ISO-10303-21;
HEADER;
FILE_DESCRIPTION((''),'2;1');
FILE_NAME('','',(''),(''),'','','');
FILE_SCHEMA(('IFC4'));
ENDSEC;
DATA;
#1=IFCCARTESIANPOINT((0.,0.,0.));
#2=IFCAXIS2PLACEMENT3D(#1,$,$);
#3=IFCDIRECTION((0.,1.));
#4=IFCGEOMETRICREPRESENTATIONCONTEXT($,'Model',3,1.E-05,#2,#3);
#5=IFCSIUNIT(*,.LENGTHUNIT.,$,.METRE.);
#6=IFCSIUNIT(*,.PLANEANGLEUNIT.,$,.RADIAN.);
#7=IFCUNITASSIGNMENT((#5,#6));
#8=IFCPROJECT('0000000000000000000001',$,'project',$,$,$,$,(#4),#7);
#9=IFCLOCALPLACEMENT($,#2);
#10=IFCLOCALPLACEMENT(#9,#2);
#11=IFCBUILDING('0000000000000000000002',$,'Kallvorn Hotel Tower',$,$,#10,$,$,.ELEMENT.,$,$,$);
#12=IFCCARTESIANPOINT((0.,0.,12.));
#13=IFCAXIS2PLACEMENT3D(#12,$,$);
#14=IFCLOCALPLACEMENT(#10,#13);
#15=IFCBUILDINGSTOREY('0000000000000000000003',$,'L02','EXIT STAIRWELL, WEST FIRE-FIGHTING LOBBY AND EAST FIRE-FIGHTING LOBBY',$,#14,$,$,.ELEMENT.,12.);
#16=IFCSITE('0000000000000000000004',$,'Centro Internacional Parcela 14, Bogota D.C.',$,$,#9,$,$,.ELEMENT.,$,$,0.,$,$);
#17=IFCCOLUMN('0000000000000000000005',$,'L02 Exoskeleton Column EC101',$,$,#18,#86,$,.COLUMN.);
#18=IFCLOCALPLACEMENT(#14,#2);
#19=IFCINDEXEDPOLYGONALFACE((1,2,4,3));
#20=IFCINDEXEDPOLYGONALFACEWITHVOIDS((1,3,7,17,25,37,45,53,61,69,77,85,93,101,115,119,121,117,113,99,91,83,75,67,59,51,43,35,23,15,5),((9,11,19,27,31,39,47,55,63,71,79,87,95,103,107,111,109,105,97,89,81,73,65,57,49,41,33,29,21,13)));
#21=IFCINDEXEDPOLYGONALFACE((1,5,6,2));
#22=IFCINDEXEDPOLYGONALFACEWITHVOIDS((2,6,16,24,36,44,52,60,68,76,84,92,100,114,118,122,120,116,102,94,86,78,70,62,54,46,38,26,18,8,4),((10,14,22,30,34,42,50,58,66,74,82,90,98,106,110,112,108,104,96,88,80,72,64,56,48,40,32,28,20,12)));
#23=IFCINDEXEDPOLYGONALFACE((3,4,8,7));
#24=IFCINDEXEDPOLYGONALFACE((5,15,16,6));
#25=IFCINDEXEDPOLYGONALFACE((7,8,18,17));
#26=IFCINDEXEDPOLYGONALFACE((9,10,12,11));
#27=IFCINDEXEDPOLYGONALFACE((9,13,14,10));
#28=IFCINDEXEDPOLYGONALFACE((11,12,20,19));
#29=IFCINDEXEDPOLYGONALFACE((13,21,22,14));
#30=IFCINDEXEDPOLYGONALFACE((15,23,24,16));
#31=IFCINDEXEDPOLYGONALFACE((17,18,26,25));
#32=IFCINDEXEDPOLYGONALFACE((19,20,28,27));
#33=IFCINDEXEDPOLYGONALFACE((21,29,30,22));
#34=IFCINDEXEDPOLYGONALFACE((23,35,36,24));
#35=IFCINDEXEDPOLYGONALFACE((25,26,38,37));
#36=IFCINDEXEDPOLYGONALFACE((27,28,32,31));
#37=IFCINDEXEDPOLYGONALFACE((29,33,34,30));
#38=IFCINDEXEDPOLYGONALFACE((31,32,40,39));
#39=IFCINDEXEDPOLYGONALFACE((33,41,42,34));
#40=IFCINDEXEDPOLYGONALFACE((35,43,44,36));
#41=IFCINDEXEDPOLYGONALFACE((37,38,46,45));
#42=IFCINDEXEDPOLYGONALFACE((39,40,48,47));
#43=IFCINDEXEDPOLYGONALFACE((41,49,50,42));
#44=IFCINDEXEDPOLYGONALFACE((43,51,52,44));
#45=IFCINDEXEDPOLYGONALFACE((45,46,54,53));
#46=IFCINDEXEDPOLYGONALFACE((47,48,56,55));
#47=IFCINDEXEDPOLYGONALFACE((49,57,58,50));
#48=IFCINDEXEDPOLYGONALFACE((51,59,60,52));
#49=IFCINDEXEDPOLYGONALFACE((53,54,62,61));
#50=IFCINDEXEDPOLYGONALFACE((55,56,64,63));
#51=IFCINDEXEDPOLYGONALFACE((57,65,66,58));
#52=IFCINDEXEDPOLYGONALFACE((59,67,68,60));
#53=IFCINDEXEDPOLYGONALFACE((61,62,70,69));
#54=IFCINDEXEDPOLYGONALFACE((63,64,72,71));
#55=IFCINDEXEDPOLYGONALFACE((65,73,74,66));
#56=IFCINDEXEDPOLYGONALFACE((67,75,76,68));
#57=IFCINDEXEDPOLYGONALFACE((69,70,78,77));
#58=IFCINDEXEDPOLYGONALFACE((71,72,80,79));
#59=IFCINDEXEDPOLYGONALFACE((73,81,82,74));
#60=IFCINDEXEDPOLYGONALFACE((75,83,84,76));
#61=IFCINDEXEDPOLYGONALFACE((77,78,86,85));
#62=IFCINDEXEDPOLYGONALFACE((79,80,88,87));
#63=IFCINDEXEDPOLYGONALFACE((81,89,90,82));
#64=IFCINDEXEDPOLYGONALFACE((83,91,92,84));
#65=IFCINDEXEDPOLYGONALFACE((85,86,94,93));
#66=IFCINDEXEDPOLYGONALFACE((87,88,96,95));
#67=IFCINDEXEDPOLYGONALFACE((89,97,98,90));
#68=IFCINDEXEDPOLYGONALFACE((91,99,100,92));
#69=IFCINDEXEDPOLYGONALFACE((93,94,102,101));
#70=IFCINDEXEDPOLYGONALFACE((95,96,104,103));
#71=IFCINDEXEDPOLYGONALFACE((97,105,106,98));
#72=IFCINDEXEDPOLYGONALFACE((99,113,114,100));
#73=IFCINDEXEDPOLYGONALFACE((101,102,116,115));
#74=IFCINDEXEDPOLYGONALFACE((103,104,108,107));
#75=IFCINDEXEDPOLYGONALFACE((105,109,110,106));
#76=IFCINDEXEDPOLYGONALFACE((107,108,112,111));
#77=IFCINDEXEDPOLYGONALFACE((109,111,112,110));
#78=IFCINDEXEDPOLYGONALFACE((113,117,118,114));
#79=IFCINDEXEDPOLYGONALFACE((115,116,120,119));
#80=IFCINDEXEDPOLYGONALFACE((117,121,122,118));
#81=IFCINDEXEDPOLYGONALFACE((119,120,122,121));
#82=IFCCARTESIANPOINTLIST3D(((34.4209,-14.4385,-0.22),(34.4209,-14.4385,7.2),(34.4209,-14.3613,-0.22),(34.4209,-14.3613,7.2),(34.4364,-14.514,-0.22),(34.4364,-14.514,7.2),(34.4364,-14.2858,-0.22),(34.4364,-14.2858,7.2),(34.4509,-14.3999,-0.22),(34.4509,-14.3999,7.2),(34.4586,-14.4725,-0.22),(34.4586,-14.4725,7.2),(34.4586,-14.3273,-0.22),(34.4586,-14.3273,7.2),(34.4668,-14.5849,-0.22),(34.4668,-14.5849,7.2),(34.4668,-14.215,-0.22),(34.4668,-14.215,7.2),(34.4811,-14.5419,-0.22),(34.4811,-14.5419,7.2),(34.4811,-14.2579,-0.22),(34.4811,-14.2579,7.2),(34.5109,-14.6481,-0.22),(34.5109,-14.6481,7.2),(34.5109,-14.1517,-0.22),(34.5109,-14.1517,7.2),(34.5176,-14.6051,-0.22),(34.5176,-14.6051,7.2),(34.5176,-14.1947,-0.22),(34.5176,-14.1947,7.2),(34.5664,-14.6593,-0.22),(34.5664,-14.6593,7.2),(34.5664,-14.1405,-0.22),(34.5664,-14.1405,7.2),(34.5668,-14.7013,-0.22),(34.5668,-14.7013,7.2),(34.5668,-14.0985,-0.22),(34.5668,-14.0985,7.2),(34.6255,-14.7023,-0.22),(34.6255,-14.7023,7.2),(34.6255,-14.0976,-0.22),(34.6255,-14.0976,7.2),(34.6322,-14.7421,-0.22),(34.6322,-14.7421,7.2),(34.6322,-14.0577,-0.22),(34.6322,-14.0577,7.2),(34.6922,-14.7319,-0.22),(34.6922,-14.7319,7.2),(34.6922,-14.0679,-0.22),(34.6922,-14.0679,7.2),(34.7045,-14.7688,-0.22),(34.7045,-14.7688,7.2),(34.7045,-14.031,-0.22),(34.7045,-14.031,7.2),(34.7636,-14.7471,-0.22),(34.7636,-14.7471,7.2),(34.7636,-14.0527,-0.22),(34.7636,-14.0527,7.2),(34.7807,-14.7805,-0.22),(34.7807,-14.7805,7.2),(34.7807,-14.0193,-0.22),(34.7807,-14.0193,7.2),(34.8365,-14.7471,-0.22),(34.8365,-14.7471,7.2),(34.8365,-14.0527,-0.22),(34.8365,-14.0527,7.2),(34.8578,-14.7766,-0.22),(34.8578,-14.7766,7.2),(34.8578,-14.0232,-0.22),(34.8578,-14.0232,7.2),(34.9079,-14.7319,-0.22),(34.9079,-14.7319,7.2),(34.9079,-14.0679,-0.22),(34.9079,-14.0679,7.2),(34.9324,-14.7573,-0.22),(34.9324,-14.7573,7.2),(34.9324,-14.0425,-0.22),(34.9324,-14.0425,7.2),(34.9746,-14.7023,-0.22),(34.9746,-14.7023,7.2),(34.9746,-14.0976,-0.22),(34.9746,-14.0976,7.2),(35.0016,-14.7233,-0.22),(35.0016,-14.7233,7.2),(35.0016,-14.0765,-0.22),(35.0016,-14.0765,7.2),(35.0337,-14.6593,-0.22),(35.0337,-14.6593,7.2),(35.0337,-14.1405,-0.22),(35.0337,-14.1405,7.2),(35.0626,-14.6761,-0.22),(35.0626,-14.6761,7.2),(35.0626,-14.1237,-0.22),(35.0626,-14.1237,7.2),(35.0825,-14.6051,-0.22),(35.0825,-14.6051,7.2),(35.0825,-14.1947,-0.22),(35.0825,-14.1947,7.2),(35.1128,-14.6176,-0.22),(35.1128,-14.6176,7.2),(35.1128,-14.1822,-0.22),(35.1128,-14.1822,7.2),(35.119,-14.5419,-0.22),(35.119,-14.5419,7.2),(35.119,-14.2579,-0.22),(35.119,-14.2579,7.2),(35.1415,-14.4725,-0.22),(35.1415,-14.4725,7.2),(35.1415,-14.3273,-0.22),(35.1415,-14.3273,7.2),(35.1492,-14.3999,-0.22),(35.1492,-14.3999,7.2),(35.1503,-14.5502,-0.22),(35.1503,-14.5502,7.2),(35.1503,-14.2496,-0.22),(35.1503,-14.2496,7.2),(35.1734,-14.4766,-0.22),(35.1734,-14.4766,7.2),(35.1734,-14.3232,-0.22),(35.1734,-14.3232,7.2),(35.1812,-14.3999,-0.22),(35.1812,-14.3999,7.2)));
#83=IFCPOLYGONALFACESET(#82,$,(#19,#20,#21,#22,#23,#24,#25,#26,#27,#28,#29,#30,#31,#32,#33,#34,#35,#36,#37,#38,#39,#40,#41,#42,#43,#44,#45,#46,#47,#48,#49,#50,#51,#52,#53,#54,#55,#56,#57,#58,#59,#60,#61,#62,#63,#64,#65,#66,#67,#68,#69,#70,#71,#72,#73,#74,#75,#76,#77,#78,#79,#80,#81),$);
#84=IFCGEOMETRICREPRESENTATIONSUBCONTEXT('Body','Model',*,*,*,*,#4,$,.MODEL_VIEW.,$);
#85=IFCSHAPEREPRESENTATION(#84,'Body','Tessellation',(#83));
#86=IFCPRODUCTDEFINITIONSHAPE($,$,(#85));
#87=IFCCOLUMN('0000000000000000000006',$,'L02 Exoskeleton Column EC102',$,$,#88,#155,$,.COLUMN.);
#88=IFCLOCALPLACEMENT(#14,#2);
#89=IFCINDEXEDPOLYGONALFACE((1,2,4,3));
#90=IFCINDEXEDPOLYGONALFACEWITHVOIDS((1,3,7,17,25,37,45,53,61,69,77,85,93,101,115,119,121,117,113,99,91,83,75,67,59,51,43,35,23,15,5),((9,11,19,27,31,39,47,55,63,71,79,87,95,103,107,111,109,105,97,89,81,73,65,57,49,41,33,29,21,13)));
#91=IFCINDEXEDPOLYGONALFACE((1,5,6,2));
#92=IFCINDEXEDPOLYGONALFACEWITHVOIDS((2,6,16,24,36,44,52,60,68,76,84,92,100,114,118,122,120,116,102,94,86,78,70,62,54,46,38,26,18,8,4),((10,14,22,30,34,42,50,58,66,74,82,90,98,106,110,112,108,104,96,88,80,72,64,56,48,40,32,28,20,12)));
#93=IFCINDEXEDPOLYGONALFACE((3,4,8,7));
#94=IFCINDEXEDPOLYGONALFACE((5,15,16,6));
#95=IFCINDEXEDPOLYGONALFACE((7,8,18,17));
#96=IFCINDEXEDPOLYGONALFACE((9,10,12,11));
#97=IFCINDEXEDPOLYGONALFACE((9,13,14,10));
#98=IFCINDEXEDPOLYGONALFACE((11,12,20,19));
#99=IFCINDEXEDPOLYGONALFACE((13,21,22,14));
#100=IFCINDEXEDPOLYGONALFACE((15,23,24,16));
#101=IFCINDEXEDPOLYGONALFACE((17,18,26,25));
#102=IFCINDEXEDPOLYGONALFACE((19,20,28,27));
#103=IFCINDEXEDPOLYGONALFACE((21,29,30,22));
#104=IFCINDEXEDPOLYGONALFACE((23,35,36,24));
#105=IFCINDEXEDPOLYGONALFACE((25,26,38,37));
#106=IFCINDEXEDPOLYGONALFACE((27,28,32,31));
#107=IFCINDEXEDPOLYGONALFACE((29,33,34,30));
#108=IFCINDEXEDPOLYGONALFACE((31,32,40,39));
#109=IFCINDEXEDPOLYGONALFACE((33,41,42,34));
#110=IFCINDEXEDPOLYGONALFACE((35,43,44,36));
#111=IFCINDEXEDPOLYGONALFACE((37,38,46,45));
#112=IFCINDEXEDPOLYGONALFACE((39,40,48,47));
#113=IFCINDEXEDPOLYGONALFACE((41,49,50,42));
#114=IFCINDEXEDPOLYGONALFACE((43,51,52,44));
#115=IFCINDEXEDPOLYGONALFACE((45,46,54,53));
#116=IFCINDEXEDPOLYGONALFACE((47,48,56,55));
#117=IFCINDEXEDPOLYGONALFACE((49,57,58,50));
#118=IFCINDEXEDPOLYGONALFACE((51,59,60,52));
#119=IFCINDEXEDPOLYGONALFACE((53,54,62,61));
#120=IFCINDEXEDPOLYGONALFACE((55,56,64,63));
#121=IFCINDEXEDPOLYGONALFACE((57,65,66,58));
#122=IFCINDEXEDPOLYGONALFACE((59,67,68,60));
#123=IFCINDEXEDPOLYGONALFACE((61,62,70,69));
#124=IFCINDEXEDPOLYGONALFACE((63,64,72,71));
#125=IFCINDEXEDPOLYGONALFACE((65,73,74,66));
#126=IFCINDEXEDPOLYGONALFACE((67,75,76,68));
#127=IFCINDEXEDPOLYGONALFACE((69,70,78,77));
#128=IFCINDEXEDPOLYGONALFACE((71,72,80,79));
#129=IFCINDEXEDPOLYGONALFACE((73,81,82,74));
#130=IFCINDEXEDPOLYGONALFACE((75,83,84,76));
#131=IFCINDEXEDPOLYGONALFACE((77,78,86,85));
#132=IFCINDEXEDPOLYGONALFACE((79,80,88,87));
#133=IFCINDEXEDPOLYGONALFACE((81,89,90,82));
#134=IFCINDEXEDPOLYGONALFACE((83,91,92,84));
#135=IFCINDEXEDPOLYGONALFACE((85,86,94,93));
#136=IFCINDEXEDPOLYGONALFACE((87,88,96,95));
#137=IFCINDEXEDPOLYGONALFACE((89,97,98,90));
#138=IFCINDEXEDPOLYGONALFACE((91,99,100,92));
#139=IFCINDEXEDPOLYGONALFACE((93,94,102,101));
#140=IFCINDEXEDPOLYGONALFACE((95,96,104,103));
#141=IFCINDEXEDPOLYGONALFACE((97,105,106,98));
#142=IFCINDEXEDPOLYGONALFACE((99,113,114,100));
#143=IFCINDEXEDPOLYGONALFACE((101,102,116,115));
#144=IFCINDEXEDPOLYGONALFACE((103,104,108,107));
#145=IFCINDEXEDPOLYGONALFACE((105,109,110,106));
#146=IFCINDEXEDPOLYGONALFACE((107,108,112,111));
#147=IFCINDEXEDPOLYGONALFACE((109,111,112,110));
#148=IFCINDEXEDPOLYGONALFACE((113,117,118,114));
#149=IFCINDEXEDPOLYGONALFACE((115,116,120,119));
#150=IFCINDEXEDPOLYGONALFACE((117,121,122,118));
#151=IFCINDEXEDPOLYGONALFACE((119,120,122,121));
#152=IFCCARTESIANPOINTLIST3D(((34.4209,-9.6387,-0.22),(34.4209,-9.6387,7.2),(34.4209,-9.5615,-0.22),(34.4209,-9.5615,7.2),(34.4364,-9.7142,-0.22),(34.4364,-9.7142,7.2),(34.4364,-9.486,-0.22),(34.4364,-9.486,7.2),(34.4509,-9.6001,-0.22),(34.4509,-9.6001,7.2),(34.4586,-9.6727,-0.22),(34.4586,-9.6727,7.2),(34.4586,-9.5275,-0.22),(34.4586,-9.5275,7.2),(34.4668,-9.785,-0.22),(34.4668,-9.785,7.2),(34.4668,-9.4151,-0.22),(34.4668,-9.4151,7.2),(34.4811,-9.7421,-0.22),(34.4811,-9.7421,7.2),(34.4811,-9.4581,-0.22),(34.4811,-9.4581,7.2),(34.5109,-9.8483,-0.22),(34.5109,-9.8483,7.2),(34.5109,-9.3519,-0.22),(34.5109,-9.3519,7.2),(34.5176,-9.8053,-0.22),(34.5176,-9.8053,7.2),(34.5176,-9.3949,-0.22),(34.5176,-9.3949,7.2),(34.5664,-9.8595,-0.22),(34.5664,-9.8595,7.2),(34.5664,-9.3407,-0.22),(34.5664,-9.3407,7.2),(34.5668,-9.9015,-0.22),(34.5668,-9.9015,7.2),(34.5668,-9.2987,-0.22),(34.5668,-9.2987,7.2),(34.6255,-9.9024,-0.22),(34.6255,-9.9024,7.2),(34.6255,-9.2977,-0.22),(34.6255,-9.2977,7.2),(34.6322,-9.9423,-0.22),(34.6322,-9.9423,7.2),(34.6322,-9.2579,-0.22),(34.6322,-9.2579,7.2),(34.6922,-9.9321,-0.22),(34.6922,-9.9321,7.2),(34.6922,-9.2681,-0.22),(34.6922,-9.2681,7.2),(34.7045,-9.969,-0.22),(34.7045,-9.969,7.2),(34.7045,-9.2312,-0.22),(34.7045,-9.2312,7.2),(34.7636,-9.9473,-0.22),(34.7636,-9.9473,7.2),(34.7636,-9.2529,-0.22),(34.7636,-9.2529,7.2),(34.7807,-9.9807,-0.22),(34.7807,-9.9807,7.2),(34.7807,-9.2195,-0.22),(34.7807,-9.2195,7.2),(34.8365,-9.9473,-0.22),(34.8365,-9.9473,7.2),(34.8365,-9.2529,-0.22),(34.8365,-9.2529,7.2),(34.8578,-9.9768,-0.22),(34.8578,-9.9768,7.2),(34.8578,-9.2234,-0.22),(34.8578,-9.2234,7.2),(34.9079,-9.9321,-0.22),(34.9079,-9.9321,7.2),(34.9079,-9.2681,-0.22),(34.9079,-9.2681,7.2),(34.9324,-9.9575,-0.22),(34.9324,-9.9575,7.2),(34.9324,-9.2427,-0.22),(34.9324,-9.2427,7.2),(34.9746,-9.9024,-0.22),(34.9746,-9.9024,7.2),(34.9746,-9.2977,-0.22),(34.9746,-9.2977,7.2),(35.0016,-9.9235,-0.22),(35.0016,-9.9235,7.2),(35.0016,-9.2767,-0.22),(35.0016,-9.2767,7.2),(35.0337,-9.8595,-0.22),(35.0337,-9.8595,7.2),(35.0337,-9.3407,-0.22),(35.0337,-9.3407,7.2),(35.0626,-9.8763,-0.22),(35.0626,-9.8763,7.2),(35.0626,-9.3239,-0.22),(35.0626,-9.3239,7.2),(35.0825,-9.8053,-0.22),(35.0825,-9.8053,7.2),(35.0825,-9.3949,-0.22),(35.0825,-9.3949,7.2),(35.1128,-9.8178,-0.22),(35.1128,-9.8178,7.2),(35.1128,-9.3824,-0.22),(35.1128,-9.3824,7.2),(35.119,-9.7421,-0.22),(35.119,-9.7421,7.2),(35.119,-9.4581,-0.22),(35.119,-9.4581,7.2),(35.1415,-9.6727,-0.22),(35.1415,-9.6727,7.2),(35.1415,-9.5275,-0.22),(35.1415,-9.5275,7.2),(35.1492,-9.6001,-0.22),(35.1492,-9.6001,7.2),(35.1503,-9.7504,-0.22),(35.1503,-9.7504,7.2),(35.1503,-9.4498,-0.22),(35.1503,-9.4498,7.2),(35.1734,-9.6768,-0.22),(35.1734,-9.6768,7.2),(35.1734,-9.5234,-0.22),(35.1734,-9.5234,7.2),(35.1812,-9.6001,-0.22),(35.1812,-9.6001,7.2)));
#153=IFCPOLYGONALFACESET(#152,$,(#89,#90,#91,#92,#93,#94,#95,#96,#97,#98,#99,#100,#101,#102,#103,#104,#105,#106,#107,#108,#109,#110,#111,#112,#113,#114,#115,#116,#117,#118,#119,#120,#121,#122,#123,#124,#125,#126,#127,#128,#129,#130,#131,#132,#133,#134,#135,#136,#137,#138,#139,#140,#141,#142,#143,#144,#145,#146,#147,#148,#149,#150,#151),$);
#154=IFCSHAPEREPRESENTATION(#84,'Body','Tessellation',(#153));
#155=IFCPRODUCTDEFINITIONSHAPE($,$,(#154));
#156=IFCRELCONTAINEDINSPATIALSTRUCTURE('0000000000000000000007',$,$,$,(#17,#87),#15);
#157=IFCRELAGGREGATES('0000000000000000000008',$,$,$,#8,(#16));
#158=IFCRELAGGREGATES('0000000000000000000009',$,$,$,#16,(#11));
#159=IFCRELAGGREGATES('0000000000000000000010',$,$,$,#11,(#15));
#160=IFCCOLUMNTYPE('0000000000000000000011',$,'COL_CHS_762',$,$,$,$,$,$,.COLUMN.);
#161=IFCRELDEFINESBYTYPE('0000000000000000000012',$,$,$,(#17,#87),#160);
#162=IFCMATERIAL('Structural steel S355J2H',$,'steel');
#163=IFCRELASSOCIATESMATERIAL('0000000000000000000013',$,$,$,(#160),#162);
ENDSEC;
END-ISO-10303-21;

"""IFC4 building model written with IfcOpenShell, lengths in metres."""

from ifc_helpers import new_model, si_unit, direction, frame, origin, origin_2d, place, context, subcontext, project, spatial, hollow_circle, extrude, material, material_profile, profile_set, type_object, element, save


model = new_model("IFC4")

# Units and contexts
model_context = context("Model", 3, precision=1e-05, world=origin(), true_north=direction((0.0, 1.0)))
body_context = subcontext(model_context, "Body", "Model", "MODEL_VIEW")
ifc_project = project(units=[si_unit("LENGTHUNIT", "METRE"), si_unit("PLANEANGLEUNIT", "RADIAN")], contexts=[model_context])

# Site, building, storey
site_placement = place(None, origin())
site = spatial("IfcSite", under=ifc_project, at=site_placement, Name="Centro Internacional Parcela 14, Bogota D.C.", CompositionType="ELEMENT", RefElevation=0.0)
building_placement = place(site_placement, origin())
building = spatial("IfcBuilding", under=site, at=building_placement, Name="Kallvorn Hotel Tower", CompositionType="ELEMENT")
storey_placement = place(building_placement, frame((0.0, 0.0, 12.0)))
storey = spatial("IfcBuildingStorey", under=building, at=storey_placement, Name="L02", Description="EXIT STAIRWELL, WEST FIRE-FIGHTING LOBBY AND EAST FIRE-FIGHTING LOBBY", CompositionType="ELEMENT", Elevation=12.0)

# Columns
ifc_material_1 = material(Name="Structural steel S355J2H", Category="steel")
ifc_material_profile_1 = material_profile(ifc_material_1, hollow_circle(Radius=0.3811, WallThickness=0.032, at=origin_2d()), Name="CHS 762x32")
ifc_profile_set_1 = profile_set([ifc_material_profile_1], Name="Structural steel S355J2H")
column_type = type_object("IfcColumnType", Name="COL_CHS_762", PredefinedType="COLUMN", material=ifc_profile_set_1)
for number, where, z_axis, x_axis, name in (
    (1, (34.8, -14.3999, -0.22), (0.0, 0.0, 1.0), (1.0, 0.0, 0.0), "L02 Exoskeleton Column EC101"),
    (2, (34.8, -9.6001, -0.22), (0.0, 0.0, 1.0), (1.0, 0.0, 0.0), "L02 Exoskeleton Column EC102"),
):
    element("IfcColumn", number, at=place(storey_placement, frame(where, z_axis=z_axis, x_axis=x_axis)), inside=storey, type_object=column_type, Name=name, PredefinedType="COLUMN", context=body_context, shape_type="SweptSolid", body=[
        extrude(hollow_circle(Radius=0.3811, WallThickness=0.032, at=origin_2d()), origin(), (0.0, 0.0, 1.0), 7.4199),
    ])

save(model, "model.ifc")
